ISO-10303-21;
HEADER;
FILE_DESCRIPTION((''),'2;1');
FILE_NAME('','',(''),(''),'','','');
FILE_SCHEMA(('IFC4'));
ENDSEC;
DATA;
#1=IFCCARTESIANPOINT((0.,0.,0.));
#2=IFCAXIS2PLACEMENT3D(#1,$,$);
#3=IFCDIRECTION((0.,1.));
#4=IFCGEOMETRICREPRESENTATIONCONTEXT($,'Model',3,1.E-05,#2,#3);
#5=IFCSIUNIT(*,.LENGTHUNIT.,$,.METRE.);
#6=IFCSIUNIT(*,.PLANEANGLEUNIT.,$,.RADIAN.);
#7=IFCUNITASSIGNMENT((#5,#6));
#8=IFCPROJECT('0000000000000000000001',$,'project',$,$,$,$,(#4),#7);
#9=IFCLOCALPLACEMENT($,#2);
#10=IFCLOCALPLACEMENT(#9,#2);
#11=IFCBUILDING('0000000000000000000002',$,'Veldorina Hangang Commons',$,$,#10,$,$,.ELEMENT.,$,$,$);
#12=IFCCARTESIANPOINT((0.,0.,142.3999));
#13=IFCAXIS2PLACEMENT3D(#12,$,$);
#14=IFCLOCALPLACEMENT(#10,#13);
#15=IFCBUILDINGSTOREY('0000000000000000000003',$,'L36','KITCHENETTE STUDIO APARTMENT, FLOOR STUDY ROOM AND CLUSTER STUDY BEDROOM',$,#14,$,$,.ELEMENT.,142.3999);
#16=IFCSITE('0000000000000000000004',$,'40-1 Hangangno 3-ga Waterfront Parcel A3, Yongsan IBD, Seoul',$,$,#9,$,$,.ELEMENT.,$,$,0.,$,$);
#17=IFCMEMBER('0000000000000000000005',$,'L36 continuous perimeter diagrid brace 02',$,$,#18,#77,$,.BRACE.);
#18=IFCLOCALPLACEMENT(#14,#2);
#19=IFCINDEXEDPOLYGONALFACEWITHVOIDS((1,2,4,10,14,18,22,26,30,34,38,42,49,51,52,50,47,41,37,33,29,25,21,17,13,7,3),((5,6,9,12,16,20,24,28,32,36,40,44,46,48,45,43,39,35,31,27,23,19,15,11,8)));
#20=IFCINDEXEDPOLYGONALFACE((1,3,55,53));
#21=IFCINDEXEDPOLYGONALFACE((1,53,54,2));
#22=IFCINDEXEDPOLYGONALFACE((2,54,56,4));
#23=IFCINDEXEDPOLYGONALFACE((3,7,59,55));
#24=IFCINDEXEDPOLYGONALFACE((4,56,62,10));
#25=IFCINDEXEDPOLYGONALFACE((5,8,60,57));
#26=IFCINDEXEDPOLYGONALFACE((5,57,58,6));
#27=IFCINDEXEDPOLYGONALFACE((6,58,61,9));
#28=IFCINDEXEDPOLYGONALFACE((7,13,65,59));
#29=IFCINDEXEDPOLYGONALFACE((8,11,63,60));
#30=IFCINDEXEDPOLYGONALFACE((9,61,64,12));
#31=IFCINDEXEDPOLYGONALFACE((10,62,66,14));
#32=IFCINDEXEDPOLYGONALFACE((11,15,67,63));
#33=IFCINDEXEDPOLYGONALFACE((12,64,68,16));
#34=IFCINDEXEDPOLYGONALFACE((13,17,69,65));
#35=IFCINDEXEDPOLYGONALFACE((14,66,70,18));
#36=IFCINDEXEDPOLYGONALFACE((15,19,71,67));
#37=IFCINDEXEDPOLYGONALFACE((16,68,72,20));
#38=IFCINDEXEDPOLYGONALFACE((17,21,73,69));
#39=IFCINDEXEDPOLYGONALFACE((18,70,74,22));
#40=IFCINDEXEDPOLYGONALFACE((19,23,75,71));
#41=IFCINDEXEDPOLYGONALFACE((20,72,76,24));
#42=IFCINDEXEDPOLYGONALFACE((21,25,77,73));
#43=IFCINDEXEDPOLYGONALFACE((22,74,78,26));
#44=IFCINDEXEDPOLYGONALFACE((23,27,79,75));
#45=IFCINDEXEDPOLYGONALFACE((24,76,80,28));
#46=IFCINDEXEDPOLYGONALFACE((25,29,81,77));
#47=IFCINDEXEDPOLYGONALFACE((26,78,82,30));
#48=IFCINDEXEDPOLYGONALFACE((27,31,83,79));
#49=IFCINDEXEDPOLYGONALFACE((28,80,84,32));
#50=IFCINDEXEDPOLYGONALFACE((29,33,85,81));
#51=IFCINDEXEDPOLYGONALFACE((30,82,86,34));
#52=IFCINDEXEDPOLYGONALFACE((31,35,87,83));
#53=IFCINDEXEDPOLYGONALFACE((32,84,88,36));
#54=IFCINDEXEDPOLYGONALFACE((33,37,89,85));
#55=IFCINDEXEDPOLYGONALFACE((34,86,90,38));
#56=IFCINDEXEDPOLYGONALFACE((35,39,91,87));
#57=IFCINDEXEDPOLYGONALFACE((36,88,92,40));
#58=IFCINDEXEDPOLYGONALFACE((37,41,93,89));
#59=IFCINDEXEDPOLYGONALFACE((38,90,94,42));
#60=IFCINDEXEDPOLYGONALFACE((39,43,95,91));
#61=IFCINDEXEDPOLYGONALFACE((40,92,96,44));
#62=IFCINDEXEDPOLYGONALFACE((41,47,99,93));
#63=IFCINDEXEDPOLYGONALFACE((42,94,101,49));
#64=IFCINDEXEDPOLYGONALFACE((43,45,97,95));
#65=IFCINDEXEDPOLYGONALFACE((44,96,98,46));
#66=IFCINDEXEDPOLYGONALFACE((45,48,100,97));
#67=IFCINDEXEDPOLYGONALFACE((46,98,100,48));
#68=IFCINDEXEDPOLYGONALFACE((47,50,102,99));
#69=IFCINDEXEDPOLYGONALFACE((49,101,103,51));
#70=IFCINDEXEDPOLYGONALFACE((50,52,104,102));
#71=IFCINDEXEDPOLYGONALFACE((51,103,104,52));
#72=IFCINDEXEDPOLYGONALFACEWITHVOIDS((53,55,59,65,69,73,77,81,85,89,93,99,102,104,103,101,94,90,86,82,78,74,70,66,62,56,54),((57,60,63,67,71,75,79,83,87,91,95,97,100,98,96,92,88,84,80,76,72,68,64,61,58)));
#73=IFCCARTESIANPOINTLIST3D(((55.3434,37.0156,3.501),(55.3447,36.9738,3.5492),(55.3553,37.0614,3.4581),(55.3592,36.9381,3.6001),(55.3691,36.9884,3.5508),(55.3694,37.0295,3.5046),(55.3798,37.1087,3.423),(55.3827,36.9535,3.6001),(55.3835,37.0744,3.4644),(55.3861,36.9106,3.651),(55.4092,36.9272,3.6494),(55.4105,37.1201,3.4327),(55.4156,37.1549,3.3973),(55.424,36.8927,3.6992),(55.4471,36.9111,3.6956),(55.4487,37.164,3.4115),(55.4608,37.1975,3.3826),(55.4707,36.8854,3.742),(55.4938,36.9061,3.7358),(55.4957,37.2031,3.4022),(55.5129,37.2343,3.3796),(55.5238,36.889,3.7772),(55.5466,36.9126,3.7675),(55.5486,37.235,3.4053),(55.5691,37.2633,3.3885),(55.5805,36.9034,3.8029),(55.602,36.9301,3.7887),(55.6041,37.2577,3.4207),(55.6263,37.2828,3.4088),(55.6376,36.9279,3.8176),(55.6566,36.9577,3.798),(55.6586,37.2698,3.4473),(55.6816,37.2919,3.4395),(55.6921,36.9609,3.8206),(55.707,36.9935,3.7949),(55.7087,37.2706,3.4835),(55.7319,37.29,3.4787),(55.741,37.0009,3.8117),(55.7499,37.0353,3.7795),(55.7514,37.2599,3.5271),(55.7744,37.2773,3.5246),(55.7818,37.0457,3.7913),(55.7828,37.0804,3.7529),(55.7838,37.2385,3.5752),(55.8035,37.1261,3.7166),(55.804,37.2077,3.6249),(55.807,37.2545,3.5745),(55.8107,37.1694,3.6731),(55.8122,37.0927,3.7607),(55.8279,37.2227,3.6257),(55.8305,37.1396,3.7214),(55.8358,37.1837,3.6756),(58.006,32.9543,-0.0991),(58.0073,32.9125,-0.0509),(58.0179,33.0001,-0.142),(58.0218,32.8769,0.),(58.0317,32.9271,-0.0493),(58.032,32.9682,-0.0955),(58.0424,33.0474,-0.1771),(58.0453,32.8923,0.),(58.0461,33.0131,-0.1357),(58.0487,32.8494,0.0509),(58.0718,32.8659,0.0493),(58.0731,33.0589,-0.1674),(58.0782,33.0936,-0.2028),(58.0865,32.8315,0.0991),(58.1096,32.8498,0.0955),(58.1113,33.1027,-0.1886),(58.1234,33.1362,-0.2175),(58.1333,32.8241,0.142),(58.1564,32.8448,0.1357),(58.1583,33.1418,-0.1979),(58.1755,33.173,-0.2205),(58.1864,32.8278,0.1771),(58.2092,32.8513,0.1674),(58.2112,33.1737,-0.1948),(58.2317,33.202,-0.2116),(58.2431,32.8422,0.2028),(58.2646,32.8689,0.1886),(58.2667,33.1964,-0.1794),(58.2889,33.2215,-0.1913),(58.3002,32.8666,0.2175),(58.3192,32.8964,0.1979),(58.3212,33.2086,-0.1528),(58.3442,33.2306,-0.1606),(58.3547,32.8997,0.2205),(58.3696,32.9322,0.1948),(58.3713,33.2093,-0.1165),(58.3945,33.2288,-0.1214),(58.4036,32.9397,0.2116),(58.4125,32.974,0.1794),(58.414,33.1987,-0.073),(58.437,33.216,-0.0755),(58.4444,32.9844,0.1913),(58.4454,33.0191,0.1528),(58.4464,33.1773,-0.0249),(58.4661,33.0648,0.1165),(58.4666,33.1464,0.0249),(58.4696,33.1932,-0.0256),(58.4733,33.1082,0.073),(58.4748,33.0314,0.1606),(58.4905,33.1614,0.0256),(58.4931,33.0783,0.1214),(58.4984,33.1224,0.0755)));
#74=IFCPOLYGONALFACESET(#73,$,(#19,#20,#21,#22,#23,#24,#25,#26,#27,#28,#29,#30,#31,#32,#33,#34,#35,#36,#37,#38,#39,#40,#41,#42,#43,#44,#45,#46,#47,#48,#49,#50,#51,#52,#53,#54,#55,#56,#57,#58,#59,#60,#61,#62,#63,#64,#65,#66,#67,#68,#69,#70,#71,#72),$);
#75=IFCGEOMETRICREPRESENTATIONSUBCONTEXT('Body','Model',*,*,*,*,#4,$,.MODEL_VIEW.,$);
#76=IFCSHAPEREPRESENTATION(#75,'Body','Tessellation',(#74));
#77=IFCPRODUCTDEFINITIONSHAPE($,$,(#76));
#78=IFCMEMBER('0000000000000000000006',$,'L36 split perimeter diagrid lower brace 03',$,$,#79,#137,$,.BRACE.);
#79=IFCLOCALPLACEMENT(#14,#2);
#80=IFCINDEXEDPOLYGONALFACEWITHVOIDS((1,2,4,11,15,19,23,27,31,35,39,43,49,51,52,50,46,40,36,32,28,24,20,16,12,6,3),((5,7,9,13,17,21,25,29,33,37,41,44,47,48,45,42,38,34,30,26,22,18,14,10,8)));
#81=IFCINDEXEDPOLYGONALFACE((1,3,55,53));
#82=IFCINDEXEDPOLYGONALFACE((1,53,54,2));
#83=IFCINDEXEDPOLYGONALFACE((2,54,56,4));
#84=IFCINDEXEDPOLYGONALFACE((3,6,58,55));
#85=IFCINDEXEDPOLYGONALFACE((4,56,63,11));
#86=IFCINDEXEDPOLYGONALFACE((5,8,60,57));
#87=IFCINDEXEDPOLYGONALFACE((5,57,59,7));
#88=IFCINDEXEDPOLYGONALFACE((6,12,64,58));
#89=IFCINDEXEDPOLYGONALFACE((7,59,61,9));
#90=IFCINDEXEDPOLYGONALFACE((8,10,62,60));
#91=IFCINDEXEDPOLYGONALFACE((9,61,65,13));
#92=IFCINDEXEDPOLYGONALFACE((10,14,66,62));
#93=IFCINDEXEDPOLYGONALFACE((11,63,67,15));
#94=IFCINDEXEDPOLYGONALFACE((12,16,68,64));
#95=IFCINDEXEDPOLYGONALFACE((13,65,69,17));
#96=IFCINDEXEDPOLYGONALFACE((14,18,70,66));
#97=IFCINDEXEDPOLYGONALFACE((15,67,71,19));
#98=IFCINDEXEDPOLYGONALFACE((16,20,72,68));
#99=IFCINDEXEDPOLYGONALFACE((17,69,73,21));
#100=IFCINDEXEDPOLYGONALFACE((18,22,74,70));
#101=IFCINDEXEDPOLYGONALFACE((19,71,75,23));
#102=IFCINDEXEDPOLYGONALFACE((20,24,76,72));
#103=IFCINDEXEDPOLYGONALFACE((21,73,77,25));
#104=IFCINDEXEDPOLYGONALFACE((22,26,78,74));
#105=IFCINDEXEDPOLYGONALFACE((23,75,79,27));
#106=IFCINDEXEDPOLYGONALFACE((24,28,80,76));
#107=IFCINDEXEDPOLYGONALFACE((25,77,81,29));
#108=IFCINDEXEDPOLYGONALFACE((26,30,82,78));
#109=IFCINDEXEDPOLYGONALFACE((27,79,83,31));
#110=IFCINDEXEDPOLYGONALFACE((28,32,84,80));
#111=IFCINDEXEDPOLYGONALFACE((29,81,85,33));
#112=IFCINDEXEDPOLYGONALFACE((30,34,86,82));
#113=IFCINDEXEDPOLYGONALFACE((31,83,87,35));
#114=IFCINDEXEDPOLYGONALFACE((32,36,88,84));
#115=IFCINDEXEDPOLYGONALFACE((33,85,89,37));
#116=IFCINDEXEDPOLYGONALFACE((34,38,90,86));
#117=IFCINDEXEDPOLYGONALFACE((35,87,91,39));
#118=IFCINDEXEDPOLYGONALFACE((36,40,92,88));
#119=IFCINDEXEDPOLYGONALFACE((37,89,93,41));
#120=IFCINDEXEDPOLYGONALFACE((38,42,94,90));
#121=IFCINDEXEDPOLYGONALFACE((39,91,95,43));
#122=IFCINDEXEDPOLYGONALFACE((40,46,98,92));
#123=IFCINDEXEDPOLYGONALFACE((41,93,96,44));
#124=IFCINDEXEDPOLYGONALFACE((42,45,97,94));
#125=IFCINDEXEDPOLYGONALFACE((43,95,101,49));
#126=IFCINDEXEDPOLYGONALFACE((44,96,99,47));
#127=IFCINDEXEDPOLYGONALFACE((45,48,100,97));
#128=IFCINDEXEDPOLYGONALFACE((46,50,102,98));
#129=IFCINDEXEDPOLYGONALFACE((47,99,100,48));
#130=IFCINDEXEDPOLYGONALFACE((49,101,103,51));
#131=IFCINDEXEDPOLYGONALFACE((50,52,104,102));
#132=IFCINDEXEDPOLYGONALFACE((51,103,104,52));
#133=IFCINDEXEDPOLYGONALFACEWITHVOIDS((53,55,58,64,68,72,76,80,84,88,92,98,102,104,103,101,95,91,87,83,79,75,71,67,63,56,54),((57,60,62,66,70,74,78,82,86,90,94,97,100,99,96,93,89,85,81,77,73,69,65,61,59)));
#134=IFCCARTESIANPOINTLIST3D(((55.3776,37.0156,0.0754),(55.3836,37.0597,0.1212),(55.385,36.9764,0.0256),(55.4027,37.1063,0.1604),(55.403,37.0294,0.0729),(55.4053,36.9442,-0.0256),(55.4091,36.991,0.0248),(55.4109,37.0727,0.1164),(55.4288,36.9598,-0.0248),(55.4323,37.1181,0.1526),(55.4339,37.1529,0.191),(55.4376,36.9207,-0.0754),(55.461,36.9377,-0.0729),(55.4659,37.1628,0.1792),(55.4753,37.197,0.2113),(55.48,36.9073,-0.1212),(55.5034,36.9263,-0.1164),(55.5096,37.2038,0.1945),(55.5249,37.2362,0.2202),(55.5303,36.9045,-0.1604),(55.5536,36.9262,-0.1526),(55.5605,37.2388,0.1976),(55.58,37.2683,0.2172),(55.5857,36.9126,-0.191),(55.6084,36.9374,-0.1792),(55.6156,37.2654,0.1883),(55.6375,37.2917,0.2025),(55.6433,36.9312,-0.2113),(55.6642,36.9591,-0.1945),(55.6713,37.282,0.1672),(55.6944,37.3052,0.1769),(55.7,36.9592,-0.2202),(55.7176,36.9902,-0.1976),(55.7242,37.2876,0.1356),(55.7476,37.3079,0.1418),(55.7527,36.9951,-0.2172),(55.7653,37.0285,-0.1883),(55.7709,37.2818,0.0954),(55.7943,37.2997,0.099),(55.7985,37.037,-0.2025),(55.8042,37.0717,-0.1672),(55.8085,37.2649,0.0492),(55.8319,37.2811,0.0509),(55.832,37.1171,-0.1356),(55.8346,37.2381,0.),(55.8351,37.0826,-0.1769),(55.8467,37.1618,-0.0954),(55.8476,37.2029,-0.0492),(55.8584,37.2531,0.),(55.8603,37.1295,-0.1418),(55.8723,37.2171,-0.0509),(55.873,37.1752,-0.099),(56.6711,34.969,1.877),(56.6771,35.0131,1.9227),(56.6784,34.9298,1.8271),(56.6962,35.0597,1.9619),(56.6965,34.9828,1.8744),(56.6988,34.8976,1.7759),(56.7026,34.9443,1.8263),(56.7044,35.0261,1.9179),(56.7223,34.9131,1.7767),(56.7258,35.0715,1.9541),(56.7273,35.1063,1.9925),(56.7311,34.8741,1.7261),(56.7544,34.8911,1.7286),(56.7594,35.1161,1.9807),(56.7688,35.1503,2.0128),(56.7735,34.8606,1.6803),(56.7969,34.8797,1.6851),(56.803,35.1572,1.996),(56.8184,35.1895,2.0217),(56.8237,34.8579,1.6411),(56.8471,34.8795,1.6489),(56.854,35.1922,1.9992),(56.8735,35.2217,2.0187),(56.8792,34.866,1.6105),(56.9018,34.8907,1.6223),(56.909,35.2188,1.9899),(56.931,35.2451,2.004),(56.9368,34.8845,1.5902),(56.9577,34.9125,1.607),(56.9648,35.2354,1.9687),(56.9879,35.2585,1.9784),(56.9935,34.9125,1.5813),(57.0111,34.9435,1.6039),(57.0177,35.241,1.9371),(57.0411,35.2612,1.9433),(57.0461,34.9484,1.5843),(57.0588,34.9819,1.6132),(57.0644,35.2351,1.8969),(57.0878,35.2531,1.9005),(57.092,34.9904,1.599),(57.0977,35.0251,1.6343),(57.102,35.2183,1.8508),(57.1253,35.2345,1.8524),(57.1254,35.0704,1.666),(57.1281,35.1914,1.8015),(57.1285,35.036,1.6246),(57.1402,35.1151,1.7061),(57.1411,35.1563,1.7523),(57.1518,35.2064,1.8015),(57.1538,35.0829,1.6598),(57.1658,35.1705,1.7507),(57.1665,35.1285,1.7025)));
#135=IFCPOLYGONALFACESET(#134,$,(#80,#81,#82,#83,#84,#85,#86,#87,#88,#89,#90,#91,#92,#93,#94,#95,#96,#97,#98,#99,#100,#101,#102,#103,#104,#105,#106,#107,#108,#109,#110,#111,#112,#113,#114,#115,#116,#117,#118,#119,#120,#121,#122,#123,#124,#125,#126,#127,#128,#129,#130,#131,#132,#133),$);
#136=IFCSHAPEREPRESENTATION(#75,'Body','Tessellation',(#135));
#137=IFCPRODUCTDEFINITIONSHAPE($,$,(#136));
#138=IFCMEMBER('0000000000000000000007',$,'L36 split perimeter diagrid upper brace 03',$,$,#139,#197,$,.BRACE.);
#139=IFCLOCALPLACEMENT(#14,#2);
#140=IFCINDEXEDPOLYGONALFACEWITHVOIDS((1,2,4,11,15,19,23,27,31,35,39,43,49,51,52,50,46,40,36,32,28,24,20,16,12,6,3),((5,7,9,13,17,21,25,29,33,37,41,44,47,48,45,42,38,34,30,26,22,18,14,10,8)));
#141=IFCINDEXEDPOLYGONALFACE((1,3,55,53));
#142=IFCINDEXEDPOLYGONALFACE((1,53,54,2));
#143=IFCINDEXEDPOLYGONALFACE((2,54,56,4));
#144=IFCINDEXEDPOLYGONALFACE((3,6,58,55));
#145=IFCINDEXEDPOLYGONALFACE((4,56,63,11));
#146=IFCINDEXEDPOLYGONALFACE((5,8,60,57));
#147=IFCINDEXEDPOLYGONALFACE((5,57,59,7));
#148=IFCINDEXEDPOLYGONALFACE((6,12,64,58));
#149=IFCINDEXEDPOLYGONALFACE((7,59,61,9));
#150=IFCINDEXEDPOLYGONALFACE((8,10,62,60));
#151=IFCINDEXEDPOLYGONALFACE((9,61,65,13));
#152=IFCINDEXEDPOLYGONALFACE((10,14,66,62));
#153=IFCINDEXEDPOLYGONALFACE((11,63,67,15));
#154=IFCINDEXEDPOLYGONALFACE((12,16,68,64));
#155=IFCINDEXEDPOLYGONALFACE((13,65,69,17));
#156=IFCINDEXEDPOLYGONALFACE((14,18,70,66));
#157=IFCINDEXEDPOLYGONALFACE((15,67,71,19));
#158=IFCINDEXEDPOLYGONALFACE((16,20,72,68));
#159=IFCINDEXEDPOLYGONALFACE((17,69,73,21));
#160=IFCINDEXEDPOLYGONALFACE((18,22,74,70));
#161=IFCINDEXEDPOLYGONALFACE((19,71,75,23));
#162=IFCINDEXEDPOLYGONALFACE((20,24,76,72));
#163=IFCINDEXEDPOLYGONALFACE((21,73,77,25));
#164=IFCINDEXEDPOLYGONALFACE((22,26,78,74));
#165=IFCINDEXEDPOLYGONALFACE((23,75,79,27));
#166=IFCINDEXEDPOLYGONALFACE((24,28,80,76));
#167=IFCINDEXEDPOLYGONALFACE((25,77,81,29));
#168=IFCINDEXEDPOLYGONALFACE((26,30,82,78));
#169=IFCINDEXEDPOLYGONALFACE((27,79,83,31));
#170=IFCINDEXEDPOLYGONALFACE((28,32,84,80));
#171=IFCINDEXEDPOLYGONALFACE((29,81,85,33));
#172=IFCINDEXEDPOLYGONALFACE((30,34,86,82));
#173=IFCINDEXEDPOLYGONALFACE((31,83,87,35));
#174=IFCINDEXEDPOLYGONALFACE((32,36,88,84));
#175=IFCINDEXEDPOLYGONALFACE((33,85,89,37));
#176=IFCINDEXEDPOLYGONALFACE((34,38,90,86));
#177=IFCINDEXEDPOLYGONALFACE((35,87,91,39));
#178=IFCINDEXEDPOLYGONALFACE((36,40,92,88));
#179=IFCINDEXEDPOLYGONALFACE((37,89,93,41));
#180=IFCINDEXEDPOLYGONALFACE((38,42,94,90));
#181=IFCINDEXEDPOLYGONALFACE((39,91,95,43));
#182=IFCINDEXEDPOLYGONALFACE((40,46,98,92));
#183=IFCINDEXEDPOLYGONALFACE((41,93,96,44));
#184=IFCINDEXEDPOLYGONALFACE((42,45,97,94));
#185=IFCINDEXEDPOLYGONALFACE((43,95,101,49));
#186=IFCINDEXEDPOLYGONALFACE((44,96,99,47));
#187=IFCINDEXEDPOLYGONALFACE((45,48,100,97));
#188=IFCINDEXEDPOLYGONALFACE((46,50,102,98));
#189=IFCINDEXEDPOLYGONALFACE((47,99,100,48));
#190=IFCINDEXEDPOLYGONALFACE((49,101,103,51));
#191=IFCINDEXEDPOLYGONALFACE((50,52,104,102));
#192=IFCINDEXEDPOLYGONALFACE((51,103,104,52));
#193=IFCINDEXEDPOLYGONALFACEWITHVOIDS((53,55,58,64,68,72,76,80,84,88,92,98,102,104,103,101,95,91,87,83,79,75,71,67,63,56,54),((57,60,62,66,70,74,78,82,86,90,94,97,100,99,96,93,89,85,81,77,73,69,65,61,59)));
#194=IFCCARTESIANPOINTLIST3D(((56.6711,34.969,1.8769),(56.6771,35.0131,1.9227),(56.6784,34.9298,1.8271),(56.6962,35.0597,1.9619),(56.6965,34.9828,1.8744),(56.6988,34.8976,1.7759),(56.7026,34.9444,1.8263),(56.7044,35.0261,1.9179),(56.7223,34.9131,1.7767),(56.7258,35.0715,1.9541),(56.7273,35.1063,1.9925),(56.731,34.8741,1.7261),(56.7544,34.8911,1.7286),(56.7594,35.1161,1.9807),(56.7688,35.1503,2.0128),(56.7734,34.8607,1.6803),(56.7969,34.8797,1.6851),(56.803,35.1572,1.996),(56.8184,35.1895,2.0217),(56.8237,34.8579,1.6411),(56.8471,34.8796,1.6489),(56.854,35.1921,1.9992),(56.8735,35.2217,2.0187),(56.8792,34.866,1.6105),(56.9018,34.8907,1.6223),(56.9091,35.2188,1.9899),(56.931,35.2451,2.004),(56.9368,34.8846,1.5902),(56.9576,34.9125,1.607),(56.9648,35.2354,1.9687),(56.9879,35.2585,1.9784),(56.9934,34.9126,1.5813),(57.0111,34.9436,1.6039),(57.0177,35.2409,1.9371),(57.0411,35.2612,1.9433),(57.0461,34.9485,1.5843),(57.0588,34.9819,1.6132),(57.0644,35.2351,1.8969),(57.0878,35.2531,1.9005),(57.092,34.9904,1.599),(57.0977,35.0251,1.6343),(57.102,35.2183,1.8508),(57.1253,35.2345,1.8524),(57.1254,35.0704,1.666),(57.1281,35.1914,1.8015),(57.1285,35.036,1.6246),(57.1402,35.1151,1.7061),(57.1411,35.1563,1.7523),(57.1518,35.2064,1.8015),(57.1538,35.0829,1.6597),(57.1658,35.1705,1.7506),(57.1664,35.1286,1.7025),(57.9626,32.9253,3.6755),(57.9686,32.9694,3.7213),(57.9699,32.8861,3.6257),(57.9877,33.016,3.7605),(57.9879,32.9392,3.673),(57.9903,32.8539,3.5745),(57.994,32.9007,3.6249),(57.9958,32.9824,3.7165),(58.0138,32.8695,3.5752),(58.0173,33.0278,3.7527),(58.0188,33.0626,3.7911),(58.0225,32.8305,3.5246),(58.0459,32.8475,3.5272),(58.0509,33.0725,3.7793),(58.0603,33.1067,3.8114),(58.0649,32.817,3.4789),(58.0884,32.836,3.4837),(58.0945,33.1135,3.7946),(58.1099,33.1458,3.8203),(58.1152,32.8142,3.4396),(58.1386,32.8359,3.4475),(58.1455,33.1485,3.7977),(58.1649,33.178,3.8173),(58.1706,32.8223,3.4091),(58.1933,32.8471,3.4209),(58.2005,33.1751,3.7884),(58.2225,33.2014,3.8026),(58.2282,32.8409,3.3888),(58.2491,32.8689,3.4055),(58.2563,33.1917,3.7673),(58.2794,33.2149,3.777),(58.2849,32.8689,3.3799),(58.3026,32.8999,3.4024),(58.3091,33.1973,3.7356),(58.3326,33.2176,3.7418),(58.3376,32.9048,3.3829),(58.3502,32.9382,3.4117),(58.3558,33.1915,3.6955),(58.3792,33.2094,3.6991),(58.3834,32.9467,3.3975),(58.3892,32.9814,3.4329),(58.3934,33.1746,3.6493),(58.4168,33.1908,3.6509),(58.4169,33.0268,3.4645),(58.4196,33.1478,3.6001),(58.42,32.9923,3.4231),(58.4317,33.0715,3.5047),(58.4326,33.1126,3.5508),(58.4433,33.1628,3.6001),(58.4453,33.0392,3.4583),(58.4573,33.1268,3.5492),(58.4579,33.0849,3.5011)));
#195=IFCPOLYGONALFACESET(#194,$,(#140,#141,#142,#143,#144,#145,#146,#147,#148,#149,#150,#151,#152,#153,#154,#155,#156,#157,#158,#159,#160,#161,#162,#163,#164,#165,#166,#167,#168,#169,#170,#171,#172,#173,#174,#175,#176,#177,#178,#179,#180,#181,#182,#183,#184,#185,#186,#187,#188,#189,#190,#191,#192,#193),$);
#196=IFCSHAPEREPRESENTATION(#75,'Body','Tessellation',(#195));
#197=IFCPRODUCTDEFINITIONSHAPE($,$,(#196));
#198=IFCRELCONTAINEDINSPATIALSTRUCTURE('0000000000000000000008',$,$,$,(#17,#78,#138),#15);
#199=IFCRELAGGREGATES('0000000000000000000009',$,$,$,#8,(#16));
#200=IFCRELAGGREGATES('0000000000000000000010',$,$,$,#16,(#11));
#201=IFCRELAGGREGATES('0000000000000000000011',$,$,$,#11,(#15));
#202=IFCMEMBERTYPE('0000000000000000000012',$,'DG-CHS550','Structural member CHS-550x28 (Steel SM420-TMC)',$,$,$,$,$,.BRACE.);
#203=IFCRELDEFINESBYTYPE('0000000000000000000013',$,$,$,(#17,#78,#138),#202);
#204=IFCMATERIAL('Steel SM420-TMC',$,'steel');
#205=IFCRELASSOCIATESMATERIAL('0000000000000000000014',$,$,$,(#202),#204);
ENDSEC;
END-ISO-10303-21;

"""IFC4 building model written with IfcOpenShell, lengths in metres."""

from ifc_helpers import new_model, si_unit, direction, frame, origin, origin_2d, place, context, subcontext, project, spatial, hollow_circle, extrude, material, material_profile, profile_set, type_object, element, save


model = new_model("IFC4")

# Units and contexts
model_context = context("Model", 3, precision=1e-05, world=origin(), true_north=direction((0.0, 1.0)))
body_context = subcontext(model_context, "Body", "Model", "MODEL_VIEW")
ifc_project = project(units=[si_unit("LENGTHUNIT", "METRE"), si_unit("PLANEANGLEUNIT", "RADIAN")], contexts=[model_context])

# Site, building, storey
site_placement = place(None, origin())
site = spatial("IfcSite", under=ifc_project, at=site_placement, Name="40-1 Hangangno 3-ga Waterfront Parcel A3, Yongsan IBD, Seoul", CompositionType="ELEMENT", RefElevation=0.0)
building_placement = place(site_placement, origin())
building = spatial("IfcBuilding", under=site, at=building_placement, Name="Veldorina Hangang Commons", CompositionType="ELEMENT")
storey_placement = place(building_placement, frame((0.0, 0.0, 142.3999)))
storey = spatial("IfcBuildingStorey", under=building, at=storey_placement, Name="L36", Description="KITCHENETTE STUDIO APARTMENT, FLOOR STUDY ROOM AND CLUSTER STUDY BEDROOM", CompositionType="ELEMENT", Elevation=142.3999)

# Shared definitions
ifc_material_1 = material(Name="Steel SM420-TMC", Category="steel")

# Members
ifc_material_profile_1 = material_profile(ifc_material_1, hollow_circle(Radius=0.2749, WallThickness=0.0281, at=origin_2d()), Name="CHS-550x28")
ifc_profile_set_1 = profile_set([ifc_material_profile_1], Name="Steel SM420-TMC")
member_type = type_object("IfcMemberType", Name="DG-CHS550", Description="Structural member CHS-550x28 (Steel SM420-TMC)", PredefinedType="BRACE", material=ifc_profile_set_1)
member_1_placement = place(storey_placement, frame((58.2517, 33.0276, 0.0), z_axis=(-0.44045, 0.671822, 0.595533), x_axis=(-0.836295, -0.54828, 0.0)))
element("IfcMember", 1, at=member_1_placement, inside=storey, type_object=member_type, Name="L36 continuous perimeter diagrid brace 02", PredefinedType="BRACE", context=body_context, shape_type="SweptSolid", body=[
    extrude(hollow_circle(Radius=0.2749, WallThickness=0.0281, at=origin_2d()), origin(), (0.0, 0.0, 1.0), 6.0452),
])
member_2_placement = place(storey_placement, frame((55.626, 37.1062, 0.0), z_axis=(0.428608, -0.678184, 0.59696), x_axis=(0.845331, 0.534243, 0.0)))
element("IfcMember", 2, at=member_2_placement, inside=storey, type_object=member_type, Name="L36 split perimeter diagrid lower brace 03", PredefinedType="BRACE", context=body_context, shape_type="SweptSolid", body=[
    extrude(hollow_circle(Radius=0.2749, WallThickness=0.0281, at=origin_2d()), origin(), (0.0, 0.0, 1.0), 3.0178),
])
member_3_placement = place(storey_placement, frame((56.9194, 35.0596, 1.8015), z_axis=(0.42861, -0.678241, 0.596894), x_axis=(0.84535, 0.534213, 0.0)))
element("IfcMember", 3, at=member_3_placement, inside=storey, type_object=member_type, Name="L36 split perimeter diagrid upper brace 03", PredefinedType="BRACE", context=body_context, shape_type="SweptSolid", body=[
    extrude(hollow_circle(Radius=0.2749, WallThickness=0.0281, at=origin_2d()), origin(), (0.0, 0.0, 1.0), 3.0132),
])

save(model, "model.ifc")
